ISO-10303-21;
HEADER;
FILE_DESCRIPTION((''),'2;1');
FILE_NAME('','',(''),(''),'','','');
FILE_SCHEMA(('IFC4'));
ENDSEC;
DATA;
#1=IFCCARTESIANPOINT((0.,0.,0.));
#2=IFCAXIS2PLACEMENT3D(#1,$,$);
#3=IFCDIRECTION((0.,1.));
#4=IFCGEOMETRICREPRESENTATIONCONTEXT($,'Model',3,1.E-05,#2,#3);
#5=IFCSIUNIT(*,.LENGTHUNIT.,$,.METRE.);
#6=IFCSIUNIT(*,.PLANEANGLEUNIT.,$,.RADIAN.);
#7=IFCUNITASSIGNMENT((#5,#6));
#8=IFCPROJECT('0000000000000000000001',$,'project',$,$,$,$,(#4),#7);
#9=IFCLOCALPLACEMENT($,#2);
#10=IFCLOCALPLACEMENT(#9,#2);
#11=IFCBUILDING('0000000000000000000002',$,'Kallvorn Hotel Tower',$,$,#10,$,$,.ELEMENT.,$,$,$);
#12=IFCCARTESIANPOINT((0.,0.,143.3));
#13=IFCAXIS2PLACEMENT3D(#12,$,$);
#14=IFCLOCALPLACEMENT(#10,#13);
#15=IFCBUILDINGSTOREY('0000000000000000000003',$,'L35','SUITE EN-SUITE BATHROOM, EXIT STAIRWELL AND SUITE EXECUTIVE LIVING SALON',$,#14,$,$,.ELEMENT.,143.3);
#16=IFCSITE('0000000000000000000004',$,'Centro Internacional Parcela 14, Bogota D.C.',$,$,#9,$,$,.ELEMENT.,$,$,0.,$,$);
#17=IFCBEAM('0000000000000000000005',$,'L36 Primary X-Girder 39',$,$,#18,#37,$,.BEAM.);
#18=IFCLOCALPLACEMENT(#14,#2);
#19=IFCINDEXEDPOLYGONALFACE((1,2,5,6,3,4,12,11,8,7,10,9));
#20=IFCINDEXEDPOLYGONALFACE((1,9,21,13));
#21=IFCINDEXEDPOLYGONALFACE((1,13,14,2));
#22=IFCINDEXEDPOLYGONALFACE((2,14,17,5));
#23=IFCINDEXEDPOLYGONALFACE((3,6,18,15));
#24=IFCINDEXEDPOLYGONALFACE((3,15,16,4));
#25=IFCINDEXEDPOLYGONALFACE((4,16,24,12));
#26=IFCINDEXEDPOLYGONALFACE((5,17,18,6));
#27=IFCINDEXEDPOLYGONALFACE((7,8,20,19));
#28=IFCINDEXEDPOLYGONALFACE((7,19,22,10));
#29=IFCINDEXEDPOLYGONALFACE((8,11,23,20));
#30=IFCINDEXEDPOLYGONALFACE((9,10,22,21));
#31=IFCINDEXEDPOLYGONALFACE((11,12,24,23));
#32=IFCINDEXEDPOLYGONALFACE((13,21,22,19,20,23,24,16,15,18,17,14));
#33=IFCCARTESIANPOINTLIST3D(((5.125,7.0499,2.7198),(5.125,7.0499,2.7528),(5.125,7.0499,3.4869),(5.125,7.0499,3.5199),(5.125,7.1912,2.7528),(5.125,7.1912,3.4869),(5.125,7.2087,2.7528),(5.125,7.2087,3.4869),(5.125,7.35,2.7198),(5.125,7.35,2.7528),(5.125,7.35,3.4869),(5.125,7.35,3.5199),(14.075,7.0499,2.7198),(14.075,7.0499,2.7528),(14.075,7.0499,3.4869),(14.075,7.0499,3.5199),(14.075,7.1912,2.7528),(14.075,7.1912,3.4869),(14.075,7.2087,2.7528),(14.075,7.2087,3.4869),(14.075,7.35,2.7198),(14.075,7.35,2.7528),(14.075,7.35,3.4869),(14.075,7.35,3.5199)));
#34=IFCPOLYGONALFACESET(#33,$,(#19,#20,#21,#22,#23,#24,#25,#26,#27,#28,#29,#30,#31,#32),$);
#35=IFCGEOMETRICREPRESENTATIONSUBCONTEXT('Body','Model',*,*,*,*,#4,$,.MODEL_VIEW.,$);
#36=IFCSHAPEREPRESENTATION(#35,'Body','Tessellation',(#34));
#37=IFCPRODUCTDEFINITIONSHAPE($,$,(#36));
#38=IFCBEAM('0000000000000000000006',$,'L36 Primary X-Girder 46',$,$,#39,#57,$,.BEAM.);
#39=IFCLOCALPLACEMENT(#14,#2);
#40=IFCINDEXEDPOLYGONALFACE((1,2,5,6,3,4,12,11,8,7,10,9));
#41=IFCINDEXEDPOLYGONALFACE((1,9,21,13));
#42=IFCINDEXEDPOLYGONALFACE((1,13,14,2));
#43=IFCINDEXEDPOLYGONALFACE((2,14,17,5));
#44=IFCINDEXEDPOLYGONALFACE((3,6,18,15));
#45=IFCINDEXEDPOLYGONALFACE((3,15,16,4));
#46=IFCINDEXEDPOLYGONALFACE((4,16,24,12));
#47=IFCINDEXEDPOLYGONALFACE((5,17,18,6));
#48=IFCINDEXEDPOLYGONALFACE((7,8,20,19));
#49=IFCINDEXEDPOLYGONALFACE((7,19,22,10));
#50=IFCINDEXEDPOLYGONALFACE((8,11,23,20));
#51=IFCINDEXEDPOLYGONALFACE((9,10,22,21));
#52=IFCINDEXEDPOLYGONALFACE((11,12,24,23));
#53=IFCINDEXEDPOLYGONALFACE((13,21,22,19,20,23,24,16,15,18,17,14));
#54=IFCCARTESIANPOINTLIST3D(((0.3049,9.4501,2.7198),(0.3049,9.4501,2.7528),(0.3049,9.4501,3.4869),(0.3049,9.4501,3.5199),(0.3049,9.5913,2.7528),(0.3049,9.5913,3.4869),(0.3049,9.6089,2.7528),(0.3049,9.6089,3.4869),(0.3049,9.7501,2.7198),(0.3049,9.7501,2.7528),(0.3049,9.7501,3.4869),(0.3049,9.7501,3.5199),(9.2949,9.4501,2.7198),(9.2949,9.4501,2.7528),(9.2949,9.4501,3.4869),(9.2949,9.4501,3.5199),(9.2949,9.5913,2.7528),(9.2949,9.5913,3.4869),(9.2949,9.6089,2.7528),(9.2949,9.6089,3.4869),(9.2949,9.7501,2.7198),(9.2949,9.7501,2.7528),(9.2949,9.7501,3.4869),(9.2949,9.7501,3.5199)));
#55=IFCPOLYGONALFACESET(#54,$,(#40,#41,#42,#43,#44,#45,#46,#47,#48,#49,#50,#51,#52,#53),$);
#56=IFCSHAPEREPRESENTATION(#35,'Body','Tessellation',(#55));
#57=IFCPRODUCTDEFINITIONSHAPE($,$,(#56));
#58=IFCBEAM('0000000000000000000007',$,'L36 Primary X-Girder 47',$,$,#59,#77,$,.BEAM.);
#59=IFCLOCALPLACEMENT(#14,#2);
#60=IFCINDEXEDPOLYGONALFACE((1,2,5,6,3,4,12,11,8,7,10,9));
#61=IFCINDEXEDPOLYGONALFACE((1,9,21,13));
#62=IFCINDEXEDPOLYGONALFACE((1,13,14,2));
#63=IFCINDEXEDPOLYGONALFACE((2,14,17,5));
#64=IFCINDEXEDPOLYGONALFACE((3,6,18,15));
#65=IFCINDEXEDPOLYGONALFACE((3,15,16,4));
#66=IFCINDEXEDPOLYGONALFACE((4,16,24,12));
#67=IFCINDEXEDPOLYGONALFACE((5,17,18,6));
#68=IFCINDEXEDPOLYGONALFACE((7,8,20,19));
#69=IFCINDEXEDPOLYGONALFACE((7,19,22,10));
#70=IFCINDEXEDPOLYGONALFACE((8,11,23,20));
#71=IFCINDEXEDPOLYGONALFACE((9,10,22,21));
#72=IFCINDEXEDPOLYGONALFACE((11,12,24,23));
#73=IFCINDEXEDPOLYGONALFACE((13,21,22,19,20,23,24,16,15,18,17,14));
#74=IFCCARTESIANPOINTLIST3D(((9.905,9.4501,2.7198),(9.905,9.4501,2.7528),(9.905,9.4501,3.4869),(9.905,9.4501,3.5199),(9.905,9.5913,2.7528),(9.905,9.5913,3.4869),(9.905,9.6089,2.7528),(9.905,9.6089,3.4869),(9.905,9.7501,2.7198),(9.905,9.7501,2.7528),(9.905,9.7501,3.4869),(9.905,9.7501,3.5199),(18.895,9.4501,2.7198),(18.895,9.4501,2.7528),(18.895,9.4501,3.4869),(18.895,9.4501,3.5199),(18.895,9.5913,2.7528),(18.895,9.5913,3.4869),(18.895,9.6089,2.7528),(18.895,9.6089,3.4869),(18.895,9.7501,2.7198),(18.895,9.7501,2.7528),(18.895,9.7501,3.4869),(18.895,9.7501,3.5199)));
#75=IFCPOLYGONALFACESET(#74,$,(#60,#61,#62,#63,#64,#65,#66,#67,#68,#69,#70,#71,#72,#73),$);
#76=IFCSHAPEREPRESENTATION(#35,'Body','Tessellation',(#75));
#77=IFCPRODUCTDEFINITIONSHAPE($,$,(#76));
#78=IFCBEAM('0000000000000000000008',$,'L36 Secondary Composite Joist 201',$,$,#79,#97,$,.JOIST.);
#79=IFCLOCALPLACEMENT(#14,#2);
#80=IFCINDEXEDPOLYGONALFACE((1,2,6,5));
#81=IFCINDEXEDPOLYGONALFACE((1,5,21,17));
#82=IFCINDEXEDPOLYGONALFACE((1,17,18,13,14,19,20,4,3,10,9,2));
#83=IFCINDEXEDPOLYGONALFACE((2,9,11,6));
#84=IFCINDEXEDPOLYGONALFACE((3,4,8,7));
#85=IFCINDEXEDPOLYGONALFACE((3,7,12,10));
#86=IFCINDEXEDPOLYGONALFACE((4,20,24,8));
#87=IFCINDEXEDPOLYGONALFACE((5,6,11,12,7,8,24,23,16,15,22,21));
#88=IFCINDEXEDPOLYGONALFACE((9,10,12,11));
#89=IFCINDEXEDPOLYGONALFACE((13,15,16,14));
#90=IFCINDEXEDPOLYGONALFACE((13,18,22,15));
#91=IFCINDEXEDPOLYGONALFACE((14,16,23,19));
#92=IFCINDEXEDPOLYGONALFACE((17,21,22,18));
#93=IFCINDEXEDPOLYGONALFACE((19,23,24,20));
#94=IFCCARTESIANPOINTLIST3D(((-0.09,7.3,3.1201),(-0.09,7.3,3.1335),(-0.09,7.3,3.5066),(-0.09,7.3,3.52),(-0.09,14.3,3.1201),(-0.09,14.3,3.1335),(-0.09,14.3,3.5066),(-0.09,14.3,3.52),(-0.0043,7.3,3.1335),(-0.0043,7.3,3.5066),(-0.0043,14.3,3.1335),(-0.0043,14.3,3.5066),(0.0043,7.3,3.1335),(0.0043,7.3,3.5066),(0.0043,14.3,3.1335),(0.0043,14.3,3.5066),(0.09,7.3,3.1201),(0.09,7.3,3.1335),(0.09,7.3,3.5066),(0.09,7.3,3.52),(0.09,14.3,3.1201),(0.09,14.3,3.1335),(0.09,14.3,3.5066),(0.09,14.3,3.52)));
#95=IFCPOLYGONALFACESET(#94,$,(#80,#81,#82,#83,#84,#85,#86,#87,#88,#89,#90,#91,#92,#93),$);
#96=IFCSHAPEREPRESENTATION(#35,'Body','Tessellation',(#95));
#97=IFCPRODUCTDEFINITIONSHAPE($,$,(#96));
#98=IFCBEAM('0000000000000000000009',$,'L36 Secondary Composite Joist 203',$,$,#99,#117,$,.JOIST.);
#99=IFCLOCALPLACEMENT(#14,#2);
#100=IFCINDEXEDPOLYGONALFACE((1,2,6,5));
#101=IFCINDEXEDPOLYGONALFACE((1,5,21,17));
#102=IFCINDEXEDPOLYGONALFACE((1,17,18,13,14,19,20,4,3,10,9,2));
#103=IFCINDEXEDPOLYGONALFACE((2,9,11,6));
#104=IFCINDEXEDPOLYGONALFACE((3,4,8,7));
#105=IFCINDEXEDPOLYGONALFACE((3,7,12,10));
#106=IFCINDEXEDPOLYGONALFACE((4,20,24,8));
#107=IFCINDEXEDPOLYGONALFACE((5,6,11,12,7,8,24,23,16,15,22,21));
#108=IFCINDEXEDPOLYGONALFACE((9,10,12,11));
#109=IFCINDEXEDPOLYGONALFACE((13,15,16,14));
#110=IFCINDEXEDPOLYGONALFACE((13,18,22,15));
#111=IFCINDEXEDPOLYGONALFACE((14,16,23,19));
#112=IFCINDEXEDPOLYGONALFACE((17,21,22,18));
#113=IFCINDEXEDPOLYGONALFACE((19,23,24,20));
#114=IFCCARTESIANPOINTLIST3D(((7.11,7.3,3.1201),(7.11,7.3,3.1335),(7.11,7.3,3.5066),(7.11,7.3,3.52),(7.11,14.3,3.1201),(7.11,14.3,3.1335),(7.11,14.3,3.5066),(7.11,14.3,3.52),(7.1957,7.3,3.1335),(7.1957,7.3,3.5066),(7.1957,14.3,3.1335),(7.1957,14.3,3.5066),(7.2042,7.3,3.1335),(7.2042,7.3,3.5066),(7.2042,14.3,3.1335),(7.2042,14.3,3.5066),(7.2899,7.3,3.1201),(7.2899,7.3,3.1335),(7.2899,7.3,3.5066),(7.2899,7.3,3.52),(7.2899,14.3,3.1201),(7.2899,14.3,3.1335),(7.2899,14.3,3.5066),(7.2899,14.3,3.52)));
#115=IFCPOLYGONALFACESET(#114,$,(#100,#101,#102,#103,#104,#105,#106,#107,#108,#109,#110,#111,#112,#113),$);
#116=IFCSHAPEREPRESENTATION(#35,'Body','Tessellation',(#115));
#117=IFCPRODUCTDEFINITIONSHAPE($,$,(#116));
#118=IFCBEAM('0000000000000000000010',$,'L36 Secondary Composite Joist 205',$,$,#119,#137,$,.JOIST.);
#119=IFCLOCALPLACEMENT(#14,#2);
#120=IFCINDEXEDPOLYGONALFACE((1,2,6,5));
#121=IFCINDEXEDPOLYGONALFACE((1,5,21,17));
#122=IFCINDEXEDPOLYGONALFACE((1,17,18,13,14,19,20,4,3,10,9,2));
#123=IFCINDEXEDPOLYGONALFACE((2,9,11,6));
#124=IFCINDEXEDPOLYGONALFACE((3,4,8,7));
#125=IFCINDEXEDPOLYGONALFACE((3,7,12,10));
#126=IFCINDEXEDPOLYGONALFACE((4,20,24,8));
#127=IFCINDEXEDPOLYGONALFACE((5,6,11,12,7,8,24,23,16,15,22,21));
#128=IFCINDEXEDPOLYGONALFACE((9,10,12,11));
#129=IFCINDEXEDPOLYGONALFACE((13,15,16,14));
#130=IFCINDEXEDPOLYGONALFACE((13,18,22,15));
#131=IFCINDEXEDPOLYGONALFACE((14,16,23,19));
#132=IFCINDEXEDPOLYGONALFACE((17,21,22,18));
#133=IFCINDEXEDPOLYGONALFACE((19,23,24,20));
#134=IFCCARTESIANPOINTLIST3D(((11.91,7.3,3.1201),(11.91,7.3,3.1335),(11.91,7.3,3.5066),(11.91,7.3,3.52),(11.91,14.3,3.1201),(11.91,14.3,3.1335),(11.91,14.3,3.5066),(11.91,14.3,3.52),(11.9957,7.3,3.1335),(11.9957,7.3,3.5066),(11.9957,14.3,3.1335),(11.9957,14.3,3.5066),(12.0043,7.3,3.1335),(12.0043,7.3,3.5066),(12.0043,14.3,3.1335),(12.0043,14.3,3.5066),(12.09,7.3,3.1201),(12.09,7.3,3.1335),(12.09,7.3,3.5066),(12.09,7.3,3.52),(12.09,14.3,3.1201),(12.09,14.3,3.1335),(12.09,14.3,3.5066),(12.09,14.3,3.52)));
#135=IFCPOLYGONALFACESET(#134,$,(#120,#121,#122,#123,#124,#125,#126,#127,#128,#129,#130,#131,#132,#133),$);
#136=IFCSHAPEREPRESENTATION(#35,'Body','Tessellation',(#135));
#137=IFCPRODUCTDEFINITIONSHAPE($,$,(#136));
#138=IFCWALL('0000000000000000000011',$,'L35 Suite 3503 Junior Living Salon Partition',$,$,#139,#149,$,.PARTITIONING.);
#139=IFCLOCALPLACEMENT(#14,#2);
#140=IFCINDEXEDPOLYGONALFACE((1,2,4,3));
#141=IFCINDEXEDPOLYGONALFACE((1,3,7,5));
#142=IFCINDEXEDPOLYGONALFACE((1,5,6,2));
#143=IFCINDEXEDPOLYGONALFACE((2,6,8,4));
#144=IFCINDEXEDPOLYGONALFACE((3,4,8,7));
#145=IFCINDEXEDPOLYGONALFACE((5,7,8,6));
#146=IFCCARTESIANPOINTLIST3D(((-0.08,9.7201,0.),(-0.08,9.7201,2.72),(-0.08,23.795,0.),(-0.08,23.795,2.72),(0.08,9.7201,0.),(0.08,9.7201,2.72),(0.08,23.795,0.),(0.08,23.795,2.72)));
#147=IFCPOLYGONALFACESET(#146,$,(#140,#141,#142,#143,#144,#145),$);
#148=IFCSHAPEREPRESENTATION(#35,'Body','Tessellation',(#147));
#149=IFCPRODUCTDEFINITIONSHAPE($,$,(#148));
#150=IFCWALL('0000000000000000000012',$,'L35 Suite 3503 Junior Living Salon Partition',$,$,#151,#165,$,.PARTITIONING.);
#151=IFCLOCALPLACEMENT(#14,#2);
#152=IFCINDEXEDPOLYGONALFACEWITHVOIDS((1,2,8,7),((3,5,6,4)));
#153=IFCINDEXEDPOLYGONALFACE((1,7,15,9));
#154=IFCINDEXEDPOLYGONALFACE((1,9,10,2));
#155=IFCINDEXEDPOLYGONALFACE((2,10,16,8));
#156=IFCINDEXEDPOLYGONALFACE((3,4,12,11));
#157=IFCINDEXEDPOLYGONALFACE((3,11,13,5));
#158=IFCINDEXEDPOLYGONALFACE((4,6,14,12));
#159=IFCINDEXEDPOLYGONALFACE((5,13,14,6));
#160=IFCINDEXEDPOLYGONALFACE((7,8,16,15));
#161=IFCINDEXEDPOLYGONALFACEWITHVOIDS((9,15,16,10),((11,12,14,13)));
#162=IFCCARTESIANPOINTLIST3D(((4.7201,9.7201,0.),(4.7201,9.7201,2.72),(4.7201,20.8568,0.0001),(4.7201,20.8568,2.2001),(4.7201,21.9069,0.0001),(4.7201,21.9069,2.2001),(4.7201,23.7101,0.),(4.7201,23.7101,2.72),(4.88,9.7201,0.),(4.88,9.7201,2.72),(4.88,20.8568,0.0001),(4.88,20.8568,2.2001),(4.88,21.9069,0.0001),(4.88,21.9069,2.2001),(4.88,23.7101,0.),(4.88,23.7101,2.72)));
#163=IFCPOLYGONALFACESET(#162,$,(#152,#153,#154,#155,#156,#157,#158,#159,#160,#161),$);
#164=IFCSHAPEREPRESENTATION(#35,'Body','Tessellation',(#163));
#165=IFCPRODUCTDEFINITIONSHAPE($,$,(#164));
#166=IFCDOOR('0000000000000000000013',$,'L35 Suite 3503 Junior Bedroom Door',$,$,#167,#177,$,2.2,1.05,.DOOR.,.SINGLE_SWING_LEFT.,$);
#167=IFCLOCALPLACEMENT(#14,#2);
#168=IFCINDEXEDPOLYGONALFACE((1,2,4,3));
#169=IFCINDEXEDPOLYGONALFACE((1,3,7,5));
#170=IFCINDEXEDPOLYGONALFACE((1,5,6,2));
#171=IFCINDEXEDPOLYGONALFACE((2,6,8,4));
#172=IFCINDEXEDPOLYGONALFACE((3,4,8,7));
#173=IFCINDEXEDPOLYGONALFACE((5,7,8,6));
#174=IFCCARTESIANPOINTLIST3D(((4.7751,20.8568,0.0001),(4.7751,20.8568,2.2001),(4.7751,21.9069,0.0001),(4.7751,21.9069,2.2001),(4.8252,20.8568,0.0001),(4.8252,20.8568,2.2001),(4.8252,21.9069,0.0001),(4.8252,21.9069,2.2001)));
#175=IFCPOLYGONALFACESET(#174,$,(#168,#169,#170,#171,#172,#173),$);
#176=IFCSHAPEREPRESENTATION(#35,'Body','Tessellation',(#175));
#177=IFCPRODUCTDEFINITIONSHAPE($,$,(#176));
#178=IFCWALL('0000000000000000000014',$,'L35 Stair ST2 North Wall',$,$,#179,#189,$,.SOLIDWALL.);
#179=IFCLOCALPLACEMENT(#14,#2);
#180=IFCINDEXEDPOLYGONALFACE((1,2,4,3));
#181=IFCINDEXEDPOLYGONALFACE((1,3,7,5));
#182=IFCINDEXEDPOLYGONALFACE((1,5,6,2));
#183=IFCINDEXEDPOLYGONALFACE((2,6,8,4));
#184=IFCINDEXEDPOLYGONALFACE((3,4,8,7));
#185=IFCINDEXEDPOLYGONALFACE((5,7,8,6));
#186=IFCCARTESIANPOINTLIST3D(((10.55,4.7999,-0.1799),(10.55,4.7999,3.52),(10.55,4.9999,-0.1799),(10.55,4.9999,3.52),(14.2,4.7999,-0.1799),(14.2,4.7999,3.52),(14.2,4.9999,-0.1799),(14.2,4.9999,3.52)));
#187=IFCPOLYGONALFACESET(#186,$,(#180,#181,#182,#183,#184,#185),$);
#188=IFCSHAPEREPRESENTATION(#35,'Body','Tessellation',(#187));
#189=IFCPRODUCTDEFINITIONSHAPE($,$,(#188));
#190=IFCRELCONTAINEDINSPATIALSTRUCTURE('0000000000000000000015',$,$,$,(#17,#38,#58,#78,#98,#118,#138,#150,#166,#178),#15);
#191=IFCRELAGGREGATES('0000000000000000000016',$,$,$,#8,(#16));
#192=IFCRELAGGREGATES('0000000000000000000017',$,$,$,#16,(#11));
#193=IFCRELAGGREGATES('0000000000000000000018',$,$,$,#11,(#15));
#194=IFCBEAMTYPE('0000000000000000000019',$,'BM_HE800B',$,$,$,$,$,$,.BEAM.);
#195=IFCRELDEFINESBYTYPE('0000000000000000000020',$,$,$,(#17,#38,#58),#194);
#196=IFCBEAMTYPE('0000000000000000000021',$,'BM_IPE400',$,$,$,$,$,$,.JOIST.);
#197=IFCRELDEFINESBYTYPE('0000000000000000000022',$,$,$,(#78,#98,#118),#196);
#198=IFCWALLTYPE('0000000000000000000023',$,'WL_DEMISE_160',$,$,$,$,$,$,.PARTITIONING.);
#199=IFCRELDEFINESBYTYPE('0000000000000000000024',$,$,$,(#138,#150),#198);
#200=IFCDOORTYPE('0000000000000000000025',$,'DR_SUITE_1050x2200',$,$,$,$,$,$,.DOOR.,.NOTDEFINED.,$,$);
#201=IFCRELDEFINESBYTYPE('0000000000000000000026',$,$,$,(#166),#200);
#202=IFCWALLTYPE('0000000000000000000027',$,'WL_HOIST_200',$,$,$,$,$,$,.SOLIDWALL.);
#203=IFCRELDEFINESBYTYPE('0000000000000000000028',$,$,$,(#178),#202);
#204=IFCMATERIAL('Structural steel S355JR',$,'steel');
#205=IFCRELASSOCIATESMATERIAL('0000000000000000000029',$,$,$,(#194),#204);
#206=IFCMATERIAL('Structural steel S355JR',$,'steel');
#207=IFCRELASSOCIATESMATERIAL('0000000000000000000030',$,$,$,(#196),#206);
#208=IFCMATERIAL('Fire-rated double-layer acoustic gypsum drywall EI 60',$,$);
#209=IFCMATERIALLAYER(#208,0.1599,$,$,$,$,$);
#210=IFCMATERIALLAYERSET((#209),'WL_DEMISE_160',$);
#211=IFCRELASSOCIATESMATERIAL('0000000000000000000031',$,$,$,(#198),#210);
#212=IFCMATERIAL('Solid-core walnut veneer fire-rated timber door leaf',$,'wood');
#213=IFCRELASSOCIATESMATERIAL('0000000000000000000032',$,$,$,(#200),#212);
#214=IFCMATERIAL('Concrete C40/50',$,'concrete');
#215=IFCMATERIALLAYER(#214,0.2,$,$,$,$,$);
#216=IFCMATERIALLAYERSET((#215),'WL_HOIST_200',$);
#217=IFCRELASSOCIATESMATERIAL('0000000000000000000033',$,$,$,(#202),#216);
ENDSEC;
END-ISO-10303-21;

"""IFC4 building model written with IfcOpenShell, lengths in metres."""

from ifc_helpers import new_model, si_unit, direction, frame, frame_2d, origin, origin_2d, place, context, subcontext, project, spatial, rectangle, i_section, extrude, material, layer, layer_set, material_profile, profile_set, type_object, element, fill, save


model = new_model("IFC4")

# Units and contexts
model_context = context("Model", 3, precision=1e-05, world=origin(), true_north=direction((0.0, 1.0)))
body_context = subcontext(model_context, "Body", "Model", "MODEL_VIEW")
ifc_project = project(units=[si_unit("LENGTHUNIT", "METRE"), si_unit("PLANEANGLEUNIT", "RADIAN")], contexts=[model_context])

# Site, building, storey
site_placement = place(None, origin())
site = spatial("IfcSite", under=ifc_project, at=site_placement, Name="Centro Internacional Parcela 14, Bogota D.C.", CompositionType="ELEMENT", RefElevation=0.0)
building_placement = place(site_placement, origin())
building = spatial("IfcBuilding", under=site, at=building_placement, Name="Kallvorn Hotel Tower", CompositionType="ELEMENT")
storey_placement = place(building_placement, frame((0.0, 0.0, 143.3)))
storey = spatial("IfcBuildingStorey", under=building, at=storey_placement, Name="L35", Description="SUITE EN-SUITE BATHROOM, EXIT STAIRWELL AND SUITE EXECUTIVE LIVING SALON", CompositionType="ELEMENT", Elevation=143.3)

# Beams
ifc_material_1 = material(Name="Structural steel S355JR", Category="steel")
ifc_material_profile_1 = material_profile(ifc_material_1, i_section(OverallWidth=0.3, OverallDepth=0.8, WebThickness=0.0176, FlangeThickness=0.033, at=origin_2d()), Name="HE 800 B")
ifc_profile_set_1 = profile_set([ifc_material_profile_1], Name="Structural steel S355JR")
beam_type_1 = type_object("IfcBeamType", Name="BM_HE800B", PredefinedType="BEAM", material=ifc_profile_set_1)
beam_1_placement = place(storey_placement, frame((5.125, 7.2, 3.1199), z_axis=(1.0, 0.0, 0.0), x_axis=(0.0, 1.0, 0.0)))
element("IfcBeam", 1, at=beam_1_placement, inside=storey, type_object=beam_type_1, Name="L36 Primary X-Girder 39", PredefinedType="BEAM", context=body_context, shape_type="SweptSolid", body=[
    extrude(i_section(OverallWidth=0.3, OverallDepth=0.8, WebThickness=0.0176, FlangeThickness=0.033, at=origin_2d()), origin(), (0.0, 0.0, 1.0), 8.95),
])
for number, where, z_axis, x_axis, name in (
    (2, (0.3049, 9.6001, 3.1199), (1.0, 0.0, 0.0), (0.0, 1.0, 0.0), "L36 Primary X-Girder 46"),
    (3, (9.905, 9.6001, 3.1199), (1.0, 0.0, 0.0), (0.0, 1.0, 0.0), "L36 Primary X-Girder 47"),
):
    element("IfcBeam", number, at=place(storey_placement, frame(where, z_axis=z_axis, x_axis=x_axis)), inside=storey, type_object=beam_type_1, Name=name, PredefinedType="BEAM", context=body_context, shape_type="SweptSolid", body=[
        extrude(i_section(OverallWidth=0.3, OverallDepth=0.8, WebThickness=0.0176, FlangeThickness=0.033, at=origin_2d()), origin(), (0.0, 0.0, 1.0), 8.99),
    ])
ifc_material_2 = material(Name="Structural steel S355JR", Category="steel")
ifc_material_profile_2 = material_profile(ifc_material_2, i_section(OverallWidth=0.1799, OverallDepth=0.3999, WebThickness=0.0085, FlangeThickness=0.0134, at=origin_2d()), Name="IPE 400")
ifc_profile_set_2 = profile_set([ifc_material_profile_2], Name="Structural steel S355JR")
beam_type_2 = type_object("IfcBeamType", Name="BM_IPE400", PredefinedType="JOIST", material=ifc_profile_set_2)
for number, where, z_axis, x_axis, name in (
    (4, (0.0, 7.3, 3.3201), (0.0, 1.0, 0.0), (-1.0, 0.0, 0.0), "L36 Secondary Composite Joist 201"),
    (5, (7.2, 7.3, 3.3201), (0.0, 1.0, 0.0), (-1.0, 0.0, 0.0), "L36 Secondary Composite Joist 203"),
    (6, (12.0, 7.3, 3.3201), (0.0, 1.0, 0.0), (-1.0, 0.0, 0.0), "L36 Secondary Composite Joist 205"),
):
    element("IfcBeam", number, at=place(storey_placement, frame(where, z_axis=z_axis, x_axis=x_axis)), inside=storey, type_object=beam_type_2, Name=name, PredefinedType="JOIST", context=body_context, shape_type="SweptSolid", body=[
        extrude(i_section(OverallWidth=0.1799, OverallDepth=0.3999, WebThickness=0.0085, FlangeThickness=0.0134, at=origin_2d()), origin(), (0.0, 0.0, 1.0), 7.0),
    ])

# Wall
ifc_material_3 = material(Name="Fire-rated double-layer acoustic gypsum drywall EI 60")
ifc_layer_1 = layer(ifc_material_3, 0.1599)
ifc_layer_set_1 = layer_set([ifc_layer_1], Name="WL_DEMISE_160")
wall_type_1 = type_object("IfcWallType", Name="WL_DEMISE_160", PredefinedType="PARTITIONING", material=ifc_layer_set_1)
wall_1_placement = place(storey_placement, frame((0.0, 9.72, 0.0), z_axis=(0.0, 0.0, 1.0), x_axis=(0.0, 1.0, 0.0)))
element("IfcWall", 7, at=wall_1_placement, inside=storey, type_object=wall_type_1, Name="L35 Suite 3503 Junior Living Salon Partition", PredefinedType="PARTITIONING", context=body_context, shape_type="SweptSolid", body=[
    extrude(rectangle(XDim=14.075, YDim=0.1599, at=frame_2d((7.0376, 0.0))), origin(), (0.0, 0.0, 1.0), 2.72),
])

# Wall, opening, door
wall_2_placement = place(storey_placement, frame((4.8, 9.72, 0.0), z_axis=(0.0, 0.0, 1.0), x_axis=(0.0, 1.0, 0.0)))
wall_2 = element("IfcWall", 8, at=wall_2_placement, inside=storey, type_object=wall_type_1, Name="L35 Suite 3503 Junior Living Salon Partition", PredefinedType="PARTITIONING", context=body_context, shape_type="SweptSolid", body=[
    extrude(rectangle(XDim=13.99, YDim=0.1599, at=frame_2d((6.9951, 0.0))), origin(), (0.0, 0.0, 1.0), 2.72),
])
opening_1_placement = place(wall_2_placement, frame((11.137, 0.0, 0.0)))
opening_1 = element("IfcOpeningElement", 9, at=opening_1_placement, cuts=wall_2, PredefinedType="OPENING", context=body_context, shape_type="SweptSolid", body=[
    extrude(rectangle(XDim=1.05, YDim=2.2, at=frame_2d((0.5249, 1.1001))), frame((0.0, 0.095, 0.0), z_axis=(0.0, -1.0, 0.0), x_axis=(1.0, 0.0, 0.0)), (0.0, 0.0, 1.0), 0.1899),
])
ifc_material_4 = material(Name="Solid-core walnut veneer fire-rated timber door leaf", Category="wood")
door_type_1 = type_object("IfcDoorType", Name="DR_SUITE_1050x2200", OperationType="NOTDEFINED", PredefinedType="DOOR", material=ifc_material_4)
door_1_placement = place(opening_1_placement, origin())
door_1 = element("IfcDoor", 10, at=door_1_placement, inside=storey, type_object=door_type_1, Name="L35 Suite 3503 Junior Bedroom Door", OperationType="SINGLE_SWING_LEFT", OverallHeight=2.2, OverallWidth=1.05, PredefinedType="DOOR", context=body_context, shape_type="SweptSolid", body=[
    extrude(rectangle(XDim=1.05, YDim=2.2, at=frame_2d((0.5249, 1.1001))), frame((0.0, 0.0249, 0.0), z_axis=(0.0, -1.0, 0.0), x_axis=(1.0, 0.0, 0.0)), (0.0, 0.0, 1.0), 0.05),
])
fill(opening_1, door_1)

# Wall
ifc_material_5 = material(Name="Concrete C40/50", Category="concrete")
ifc_layer_2 = layer(ifc_material_5, 0.2)
ifc_layer_set_2 = layer_set([ifc_layer_2], Name="WL_HOIST_200")
wall_type_2 = type_object("IfcWallType", Name="WL_HOIST_200", PredefinedType="SOLIDWALL", material=ifc_layer_set_2)
wall_3_placement = place(storey_placement, frame((10.55, 4.8999, -0.1799), z_axis=(0.0, 0.0, 1.0), x_axis=(1.0, 0.0, 0.0)))
element("IfcWall", 11, at=wall_3_placement, inside=storey, type_object=wall_type_2, Name="L35 Stair ST2 North Wall", PredefinedType="SOLIDWALL", context=body_context, shape_type="SweptSolid", body=[
    extrude(rectangle(XDim=3.6499, YDim=0.2, at=frame_2d((1.825, 0.0))), origin(), (0.0, 0.0, 1.0), 3.7),
])

save(model, "model.ifc")
